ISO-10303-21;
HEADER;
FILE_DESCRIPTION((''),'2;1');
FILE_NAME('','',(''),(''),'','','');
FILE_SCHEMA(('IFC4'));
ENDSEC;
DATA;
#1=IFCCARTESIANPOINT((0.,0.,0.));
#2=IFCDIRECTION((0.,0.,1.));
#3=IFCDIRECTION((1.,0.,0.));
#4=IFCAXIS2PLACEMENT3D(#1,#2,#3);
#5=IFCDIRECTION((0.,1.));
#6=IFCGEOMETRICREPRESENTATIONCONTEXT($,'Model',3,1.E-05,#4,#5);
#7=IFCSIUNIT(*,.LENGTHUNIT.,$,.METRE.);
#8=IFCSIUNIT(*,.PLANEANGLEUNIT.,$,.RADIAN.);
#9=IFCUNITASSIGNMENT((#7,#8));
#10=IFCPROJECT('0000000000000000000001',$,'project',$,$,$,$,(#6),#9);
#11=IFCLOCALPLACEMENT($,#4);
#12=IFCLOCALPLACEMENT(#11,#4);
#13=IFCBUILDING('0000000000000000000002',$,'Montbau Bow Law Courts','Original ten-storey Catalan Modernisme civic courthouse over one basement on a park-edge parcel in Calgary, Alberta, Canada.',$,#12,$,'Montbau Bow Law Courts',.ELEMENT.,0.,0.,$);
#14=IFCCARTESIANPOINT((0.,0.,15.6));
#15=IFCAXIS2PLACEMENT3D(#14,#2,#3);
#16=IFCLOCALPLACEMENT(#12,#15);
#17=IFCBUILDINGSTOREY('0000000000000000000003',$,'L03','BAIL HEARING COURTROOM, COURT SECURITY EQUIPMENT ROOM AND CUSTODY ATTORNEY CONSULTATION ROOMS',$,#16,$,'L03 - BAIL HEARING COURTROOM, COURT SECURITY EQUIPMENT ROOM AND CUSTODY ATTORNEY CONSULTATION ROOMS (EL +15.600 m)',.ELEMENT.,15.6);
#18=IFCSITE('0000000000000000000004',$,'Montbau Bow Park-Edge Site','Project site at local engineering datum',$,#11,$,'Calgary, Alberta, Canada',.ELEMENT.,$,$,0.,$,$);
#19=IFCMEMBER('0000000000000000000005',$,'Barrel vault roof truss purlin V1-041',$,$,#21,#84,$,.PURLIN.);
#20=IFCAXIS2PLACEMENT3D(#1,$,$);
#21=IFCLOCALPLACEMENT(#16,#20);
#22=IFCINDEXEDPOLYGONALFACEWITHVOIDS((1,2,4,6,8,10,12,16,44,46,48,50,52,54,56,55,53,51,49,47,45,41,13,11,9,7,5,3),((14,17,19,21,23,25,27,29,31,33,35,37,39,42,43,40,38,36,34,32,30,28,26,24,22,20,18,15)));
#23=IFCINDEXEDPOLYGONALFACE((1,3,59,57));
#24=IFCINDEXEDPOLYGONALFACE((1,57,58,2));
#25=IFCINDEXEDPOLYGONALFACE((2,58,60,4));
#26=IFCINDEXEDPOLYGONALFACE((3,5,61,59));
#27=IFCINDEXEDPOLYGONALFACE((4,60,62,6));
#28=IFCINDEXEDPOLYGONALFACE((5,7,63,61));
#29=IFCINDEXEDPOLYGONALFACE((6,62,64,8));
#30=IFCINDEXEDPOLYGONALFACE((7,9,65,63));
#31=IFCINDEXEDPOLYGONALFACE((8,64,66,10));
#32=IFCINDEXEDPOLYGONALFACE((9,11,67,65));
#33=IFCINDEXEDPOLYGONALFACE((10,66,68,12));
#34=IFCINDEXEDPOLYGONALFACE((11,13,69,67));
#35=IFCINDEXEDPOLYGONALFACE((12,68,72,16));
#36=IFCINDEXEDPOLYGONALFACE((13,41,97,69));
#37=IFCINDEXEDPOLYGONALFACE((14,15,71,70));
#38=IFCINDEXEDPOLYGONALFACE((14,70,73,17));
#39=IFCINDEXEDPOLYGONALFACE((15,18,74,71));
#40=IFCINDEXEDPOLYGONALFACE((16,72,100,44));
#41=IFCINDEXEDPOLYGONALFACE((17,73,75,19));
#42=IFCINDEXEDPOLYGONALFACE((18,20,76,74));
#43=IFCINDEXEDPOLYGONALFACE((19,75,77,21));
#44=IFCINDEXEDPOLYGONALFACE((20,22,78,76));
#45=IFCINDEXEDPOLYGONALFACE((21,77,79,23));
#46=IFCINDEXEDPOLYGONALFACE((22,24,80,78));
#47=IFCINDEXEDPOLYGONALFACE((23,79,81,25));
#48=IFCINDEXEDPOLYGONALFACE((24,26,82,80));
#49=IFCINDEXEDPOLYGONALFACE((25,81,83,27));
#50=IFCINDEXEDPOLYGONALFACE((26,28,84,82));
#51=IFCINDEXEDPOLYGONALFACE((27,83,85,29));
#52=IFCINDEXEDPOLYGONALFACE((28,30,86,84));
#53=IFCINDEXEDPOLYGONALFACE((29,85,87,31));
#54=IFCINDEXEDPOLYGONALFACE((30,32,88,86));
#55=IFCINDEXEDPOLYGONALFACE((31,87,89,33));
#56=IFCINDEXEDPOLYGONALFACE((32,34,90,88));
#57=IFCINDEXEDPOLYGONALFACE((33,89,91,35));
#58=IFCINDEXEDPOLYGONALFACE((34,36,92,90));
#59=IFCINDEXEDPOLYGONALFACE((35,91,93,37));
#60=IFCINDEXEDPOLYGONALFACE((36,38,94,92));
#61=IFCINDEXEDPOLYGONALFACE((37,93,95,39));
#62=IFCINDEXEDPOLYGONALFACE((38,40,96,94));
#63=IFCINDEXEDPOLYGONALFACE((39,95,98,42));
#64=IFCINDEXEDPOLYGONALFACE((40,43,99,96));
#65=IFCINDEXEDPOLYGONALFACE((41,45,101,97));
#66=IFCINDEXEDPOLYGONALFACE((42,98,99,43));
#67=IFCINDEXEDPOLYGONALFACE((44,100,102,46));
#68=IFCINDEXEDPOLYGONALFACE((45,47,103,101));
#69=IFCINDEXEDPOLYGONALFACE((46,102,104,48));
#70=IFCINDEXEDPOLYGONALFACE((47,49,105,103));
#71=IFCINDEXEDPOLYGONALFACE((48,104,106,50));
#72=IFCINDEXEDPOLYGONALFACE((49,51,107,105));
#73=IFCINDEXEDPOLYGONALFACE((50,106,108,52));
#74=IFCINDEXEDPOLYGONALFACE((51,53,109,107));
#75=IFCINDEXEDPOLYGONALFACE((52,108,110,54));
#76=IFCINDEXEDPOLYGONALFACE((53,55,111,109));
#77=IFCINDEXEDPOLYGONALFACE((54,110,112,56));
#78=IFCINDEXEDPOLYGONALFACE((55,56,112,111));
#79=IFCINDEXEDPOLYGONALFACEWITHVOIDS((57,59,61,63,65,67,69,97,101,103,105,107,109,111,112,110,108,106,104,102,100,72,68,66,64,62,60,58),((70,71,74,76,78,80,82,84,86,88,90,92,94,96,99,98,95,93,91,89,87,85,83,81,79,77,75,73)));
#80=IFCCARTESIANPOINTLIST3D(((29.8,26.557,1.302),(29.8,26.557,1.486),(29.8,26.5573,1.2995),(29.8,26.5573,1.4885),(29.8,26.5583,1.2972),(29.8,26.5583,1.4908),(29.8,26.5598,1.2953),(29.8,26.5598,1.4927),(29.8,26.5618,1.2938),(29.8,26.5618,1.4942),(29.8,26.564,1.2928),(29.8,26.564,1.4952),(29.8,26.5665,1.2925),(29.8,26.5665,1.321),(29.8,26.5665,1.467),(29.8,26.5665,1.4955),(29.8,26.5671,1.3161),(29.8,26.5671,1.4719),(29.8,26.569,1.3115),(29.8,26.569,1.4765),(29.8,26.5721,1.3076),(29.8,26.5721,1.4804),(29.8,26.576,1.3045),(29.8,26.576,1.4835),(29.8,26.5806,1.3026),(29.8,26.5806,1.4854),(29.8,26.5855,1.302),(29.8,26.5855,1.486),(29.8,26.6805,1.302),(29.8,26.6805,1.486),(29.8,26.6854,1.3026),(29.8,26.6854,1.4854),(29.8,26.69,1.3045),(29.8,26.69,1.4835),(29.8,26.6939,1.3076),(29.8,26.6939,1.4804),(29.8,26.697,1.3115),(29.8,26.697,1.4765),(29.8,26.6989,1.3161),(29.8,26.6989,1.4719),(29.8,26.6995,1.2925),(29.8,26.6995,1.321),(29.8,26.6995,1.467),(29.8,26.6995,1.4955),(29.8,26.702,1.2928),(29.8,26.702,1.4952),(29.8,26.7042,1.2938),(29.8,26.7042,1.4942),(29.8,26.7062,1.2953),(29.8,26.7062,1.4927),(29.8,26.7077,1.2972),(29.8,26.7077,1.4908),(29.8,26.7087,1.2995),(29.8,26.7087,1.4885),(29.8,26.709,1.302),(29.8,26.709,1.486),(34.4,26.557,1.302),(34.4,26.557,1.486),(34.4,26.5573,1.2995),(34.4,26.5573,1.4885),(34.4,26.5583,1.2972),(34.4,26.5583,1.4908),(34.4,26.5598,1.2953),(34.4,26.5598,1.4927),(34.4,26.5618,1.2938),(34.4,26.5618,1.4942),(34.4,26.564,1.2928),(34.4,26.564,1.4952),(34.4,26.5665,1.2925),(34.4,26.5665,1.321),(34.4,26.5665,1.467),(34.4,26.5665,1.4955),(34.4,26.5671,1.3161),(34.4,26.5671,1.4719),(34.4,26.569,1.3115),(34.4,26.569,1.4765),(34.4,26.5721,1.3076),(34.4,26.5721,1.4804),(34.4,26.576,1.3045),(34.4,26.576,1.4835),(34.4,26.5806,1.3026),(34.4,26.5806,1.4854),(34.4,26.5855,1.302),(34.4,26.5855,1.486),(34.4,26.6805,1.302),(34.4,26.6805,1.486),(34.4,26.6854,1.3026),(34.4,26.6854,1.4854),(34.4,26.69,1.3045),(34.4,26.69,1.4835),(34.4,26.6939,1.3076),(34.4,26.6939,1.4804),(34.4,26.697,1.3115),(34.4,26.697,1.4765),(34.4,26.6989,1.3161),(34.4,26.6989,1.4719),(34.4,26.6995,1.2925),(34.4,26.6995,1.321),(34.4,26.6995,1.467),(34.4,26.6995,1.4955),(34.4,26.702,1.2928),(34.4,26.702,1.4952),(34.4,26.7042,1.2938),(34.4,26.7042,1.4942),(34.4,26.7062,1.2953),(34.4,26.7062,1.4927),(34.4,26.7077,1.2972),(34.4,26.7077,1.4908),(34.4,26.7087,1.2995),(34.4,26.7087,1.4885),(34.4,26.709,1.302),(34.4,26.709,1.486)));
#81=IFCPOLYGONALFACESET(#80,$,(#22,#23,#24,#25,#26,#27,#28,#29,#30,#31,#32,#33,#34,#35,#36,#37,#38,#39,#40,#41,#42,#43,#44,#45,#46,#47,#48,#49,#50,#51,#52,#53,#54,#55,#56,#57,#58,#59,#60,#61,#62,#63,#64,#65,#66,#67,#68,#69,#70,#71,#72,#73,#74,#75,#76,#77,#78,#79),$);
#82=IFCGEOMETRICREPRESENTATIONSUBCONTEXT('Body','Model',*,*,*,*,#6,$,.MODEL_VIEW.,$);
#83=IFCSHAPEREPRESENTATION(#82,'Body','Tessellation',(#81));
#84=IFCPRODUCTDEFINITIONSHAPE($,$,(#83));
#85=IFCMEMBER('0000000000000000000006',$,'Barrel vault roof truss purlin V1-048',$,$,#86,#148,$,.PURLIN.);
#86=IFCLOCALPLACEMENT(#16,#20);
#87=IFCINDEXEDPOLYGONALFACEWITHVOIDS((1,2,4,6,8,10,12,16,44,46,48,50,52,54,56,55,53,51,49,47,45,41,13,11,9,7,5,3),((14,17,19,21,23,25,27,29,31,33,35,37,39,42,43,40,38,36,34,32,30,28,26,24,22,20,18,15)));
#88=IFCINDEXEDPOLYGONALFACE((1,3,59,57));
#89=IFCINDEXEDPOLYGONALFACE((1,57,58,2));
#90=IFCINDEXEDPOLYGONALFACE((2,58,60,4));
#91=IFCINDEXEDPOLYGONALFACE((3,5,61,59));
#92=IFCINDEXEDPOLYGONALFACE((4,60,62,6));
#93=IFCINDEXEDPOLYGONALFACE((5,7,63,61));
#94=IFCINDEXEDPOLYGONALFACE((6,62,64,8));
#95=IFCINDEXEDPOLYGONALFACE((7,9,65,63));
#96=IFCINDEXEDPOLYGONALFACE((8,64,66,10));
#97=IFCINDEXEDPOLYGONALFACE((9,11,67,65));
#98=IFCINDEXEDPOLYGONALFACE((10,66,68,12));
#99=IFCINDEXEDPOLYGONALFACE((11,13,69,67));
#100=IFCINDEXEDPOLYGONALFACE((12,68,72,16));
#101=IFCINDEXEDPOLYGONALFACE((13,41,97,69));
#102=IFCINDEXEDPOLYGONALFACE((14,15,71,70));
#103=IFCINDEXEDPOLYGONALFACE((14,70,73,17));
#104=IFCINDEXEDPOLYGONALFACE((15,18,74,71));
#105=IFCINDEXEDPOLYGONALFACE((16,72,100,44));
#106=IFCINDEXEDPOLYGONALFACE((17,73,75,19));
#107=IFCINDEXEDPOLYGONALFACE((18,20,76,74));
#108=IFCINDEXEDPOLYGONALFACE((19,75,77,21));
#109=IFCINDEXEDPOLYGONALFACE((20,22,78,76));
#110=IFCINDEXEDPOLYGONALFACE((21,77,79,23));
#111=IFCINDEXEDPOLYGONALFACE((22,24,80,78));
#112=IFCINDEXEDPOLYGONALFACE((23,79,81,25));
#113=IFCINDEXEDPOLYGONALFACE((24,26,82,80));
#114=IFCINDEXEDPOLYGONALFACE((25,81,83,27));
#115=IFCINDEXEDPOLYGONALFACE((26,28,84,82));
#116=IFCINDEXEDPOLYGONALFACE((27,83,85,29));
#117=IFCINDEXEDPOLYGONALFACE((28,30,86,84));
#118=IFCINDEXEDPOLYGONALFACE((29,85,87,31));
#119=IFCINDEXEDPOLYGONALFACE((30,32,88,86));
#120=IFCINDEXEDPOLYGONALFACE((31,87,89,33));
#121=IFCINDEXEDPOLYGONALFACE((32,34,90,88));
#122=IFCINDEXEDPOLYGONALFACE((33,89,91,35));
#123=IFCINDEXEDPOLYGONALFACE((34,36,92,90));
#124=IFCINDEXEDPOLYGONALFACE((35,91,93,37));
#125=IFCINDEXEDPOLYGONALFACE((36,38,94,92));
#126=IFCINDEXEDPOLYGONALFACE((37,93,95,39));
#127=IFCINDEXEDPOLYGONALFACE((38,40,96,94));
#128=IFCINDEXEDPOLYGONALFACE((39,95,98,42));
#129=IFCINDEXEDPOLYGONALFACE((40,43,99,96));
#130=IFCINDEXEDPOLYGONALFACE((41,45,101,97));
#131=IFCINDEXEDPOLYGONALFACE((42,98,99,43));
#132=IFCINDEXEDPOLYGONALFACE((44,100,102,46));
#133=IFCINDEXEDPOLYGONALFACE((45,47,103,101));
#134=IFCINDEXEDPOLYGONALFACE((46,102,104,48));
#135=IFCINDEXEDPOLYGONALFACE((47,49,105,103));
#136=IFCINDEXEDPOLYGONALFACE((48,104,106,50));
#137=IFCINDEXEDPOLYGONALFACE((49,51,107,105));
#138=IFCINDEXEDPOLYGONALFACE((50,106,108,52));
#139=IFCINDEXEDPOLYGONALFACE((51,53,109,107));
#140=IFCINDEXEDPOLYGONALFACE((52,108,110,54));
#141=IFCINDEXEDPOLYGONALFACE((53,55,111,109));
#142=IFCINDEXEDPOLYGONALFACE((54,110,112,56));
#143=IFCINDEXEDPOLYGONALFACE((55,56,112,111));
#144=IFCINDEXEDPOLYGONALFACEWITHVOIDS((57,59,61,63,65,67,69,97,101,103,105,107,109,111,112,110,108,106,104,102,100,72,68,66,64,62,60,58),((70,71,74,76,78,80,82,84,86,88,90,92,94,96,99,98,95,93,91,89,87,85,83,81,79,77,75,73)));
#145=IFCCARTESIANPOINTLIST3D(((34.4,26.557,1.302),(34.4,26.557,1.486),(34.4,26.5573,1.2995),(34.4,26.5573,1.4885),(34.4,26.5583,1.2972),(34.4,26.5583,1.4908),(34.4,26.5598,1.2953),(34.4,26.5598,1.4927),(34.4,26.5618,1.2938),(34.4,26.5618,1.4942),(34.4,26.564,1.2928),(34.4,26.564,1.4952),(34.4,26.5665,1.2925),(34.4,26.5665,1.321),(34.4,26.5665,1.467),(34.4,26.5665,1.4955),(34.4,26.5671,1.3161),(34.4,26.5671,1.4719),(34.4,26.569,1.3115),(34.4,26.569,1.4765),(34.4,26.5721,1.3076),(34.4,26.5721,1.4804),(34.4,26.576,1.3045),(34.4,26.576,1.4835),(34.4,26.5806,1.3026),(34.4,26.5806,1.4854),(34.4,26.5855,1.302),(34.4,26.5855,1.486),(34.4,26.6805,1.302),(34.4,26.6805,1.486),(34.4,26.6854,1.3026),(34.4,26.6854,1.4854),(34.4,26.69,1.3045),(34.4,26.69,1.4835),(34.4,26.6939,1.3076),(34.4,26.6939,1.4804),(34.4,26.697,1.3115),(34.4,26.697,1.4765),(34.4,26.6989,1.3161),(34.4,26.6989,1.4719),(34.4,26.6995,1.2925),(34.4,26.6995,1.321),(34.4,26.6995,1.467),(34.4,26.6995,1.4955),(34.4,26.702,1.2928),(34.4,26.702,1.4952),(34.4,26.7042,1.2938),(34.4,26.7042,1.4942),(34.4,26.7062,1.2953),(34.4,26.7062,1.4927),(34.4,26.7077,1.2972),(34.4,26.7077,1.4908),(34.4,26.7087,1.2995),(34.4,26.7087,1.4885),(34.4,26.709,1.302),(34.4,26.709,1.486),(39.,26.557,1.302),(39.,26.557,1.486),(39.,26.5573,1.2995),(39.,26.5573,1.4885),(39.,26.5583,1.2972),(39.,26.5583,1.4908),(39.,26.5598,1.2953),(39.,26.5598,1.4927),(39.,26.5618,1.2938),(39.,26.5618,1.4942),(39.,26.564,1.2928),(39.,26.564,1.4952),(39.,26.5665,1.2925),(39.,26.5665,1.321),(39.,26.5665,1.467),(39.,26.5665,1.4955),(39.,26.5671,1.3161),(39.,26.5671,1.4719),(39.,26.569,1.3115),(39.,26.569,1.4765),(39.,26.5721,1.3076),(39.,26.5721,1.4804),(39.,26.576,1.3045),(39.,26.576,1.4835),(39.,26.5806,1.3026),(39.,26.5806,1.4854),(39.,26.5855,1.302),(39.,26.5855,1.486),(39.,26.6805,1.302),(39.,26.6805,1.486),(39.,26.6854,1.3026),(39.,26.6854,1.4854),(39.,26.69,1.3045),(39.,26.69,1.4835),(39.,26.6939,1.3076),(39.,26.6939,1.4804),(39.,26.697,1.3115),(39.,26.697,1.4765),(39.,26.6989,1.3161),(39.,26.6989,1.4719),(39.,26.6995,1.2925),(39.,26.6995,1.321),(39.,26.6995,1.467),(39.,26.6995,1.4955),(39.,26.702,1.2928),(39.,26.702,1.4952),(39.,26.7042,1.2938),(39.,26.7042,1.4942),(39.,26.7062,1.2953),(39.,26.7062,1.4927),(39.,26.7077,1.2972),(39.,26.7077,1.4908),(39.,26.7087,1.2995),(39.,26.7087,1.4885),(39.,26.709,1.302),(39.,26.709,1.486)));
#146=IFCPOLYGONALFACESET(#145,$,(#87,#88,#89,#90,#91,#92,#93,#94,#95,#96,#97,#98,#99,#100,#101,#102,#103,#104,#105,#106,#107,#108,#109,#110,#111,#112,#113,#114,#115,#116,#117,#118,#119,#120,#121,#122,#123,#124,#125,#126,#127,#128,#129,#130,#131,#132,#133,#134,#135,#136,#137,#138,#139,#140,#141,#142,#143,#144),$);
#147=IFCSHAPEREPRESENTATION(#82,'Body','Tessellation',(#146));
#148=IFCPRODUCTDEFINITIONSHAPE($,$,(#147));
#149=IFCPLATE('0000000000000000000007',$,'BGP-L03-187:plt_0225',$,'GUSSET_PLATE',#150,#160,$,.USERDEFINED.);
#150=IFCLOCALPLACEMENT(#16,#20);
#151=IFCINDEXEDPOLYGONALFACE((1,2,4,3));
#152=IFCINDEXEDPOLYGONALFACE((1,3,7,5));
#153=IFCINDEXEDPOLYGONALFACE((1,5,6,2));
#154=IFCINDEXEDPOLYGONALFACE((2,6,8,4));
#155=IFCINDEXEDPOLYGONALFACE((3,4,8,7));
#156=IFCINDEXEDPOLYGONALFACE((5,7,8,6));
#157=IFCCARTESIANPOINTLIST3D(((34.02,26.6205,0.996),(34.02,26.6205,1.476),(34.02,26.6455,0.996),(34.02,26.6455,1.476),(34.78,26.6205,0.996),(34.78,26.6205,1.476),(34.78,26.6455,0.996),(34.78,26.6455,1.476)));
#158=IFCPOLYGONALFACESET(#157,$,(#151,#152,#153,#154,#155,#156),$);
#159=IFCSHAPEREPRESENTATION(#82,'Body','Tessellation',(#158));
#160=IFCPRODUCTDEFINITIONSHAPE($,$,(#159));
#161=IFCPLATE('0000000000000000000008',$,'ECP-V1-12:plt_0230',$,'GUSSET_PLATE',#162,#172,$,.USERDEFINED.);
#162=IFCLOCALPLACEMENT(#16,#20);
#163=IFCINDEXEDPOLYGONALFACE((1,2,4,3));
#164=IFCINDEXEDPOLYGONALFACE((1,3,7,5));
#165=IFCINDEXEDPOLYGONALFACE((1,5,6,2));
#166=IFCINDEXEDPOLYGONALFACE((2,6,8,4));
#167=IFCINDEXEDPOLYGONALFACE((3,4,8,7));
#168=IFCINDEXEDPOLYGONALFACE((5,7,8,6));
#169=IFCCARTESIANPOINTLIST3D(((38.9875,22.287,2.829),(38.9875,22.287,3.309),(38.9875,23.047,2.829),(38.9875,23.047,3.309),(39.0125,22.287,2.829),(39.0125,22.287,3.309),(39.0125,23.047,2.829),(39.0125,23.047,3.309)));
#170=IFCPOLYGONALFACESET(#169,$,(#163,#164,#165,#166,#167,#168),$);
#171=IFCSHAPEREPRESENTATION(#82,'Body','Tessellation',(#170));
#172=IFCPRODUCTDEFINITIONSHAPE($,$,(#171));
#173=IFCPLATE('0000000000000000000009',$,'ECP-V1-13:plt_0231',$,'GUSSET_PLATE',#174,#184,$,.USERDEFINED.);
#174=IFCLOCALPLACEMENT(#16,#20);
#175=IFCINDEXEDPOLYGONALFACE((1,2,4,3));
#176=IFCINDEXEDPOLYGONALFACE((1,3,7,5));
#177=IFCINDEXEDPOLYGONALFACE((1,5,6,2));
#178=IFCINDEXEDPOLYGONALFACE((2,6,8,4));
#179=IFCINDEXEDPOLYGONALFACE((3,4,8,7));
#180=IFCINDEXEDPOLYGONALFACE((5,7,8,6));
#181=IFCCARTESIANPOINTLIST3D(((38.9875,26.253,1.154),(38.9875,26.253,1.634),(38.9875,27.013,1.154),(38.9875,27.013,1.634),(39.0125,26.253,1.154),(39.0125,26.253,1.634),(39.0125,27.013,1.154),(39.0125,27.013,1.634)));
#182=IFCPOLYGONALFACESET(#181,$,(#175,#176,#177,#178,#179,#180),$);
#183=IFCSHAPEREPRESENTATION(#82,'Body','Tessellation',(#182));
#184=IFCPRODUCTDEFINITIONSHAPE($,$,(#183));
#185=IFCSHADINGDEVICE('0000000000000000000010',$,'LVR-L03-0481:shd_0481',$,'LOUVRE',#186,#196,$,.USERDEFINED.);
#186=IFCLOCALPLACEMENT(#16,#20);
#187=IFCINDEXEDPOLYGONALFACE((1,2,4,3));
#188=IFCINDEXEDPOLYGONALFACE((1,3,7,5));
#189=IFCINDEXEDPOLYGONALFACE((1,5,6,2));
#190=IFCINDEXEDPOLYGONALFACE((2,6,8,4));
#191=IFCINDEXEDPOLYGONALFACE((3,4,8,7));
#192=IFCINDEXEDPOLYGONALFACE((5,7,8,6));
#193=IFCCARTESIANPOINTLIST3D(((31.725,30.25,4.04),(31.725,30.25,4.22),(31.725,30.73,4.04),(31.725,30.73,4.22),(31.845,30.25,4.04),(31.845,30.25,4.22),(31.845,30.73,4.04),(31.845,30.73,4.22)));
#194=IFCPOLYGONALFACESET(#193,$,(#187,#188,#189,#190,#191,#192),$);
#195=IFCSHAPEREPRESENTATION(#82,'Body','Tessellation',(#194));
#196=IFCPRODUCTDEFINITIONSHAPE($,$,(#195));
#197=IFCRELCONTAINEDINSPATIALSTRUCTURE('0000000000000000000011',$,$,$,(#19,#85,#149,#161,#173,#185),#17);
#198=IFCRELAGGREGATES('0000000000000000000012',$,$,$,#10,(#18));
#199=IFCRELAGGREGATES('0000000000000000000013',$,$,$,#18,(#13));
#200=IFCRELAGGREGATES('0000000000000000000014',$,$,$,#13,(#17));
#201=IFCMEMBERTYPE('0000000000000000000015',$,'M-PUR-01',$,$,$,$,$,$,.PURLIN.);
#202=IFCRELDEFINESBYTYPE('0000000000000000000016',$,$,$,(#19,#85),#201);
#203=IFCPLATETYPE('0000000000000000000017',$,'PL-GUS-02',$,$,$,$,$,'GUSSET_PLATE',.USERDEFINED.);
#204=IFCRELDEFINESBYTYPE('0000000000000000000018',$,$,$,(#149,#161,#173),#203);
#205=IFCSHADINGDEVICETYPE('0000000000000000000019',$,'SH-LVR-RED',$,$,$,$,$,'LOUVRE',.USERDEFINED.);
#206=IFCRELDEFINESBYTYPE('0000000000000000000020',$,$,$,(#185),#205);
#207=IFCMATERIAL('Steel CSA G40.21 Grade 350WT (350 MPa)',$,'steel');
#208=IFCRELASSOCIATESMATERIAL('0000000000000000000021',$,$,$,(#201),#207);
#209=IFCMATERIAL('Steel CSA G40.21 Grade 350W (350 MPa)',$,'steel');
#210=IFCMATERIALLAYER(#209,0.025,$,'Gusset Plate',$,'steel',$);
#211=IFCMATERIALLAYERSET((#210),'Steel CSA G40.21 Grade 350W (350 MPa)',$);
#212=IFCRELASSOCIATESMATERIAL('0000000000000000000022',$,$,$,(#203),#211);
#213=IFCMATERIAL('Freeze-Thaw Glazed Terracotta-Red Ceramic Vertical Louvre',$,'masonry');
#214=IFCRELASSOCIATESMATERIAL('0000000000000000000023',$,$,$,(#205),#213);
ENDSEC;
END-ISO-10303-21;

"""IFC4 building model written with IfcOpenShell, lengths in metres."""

from ifc_helpers import new_model, si_unit, direction, frame, origin_with_axes, origin_2d_with_axis, place, context, subcontext, project, spatial, rectangle, hollow_rectangle, extrude, material, layer, layer_set, material_profile, profile_set, type_object, element, save


model = new_model("IFC4")

# Units and contexts
model_context = context("Model", 3, precision=1e-05, world=origin_with_axes(), true_north=direction((0.0, 1.0)))
body_context = subcontext(model_context, "Body", "Model", "MODEL_VIEW")
ifc_project = project(units=[si_unit("LENGTHUNIT", "METRE"), si_unit("PLANEANGLEUNIT", "RADIAN")], contexts=[model_context])

# Site, building, storey
site_placement = place(None, origin_with_axes())
site = spatial("IfcSite", under=ifc_project, at=site_placement, Name="Montbau Bow Park-Edge Site", Description="Project site at local engineering datum", LongName="Calgary, Alberta, Canada", CompositionType="ELEMENT", RefElevation=0.0)
building_placement = place(site_placement, origin_with_axes())
building = spatial("IfcBuilding", under=site, at=building_placement, Name="Montbau Bow Law Courts", Description="Original ten-storey Catalan Modernisme civic courthouse over one basement on a park-edge parcel in Calgary, Alberta, Canada.", LongName="Montbau Bow Law Courts", CompositionType="ELEMENT", ElevationOfRefHeight=0.0, ElevationOfTerrain=0.0)
storey_placement = place(building_placement, frame((0.0, 0.0, 15.6), z_axis=(0.0, 0.0, 1.0), x_axis=(1.0, 0.0, 0.0)))
storey = spatial("IfcBuildingStorey", under=building, at=storey_placement, Name="L03", Description="BAIL HEARING COURTROOM, COURT SECURITY EQUIPMENT ROOM AND CUSTODY ATTORNEY CONSULTATION ROOMS", LongName="L03 - BAIL HEARING COURTROOM, COURT SECURITY EQUIPMENT ROOM AND CUSTODY ATTORNEY CONSULTATION ROOMS (EL +15.600 m)", CompositionType="ELEMENT", Elevation=15.6)

# Shared definitions
ifc_material_1 = material(Name="Steel CSA G40.21 Grade 350WT (350 MPa)", Category="steel")
ifc_material_2 = material(Name="Steel CSA G40.21 Grade 350W (350 MPa)", Category="steel")

# Members
ifc_material_profile_1 = material_profile(ifc_material_1, hollow_rectangle(XDim=0.152, YDim=0.203, WallThickness=0.0095, InnerFilletRadius=0.019, OuterFilletRadius=0.0095, at=origin_2d_with_axis()), Name="HSS203X152X9.5", Category="Main", Priority=0)
ifc_profile_set_1 = profile_set([ifc_material_profile_1], Name="Steel CSA G40.21 Grade 350WT (350 MPa)")
member_type = type_object("IfcMemberType", Name="M-PUR-01", PredefinedType="PURLIN", material=ifc_profile_set_1)
for number, where, z_axis, x_axis, name in (
    (1, (29.8, 26.633, 16.994), (1.0, 0.0, 0.0), (0.0, 1.0, 0.0), "Barrel vault roof truss purlin V1-041"),
    (2, (34.4, 26.633, 16.994), (1.0, 0.0, 0.0), (0.0, 1.0, 0.0), "Barrel vault roof truss purlin V1-048"),
):
    element("IfcMember", number, at=place(None, frame(where, z_axis=z_axis, x_axis=x_axis)), inside=storey, type_object=member_type, Name=name, PredefinedType="PURLIN", context=body_context, shape_type="SweptSolid", body=[
        extrude(hollow_rectangle(XDim=0.152, YDim=0.203, WallThickness=0.0095, InnerFilletRadius=0.019, OuterFilletRadius=0.0095, at=origin_2d_with_axis()), origin_with_axes(), (0.0, 0.0, 1.0), 4.6),
    ])

# Plates
ifc_layer = layer(ifc_material_2, 0.025, Name="Gusset Plate", Category="steel")
ifc_layer_set = layer_set([ifc_layer], Name="Steel CSA G40.21 Grade 350W (350 MPa)")
plate_type = type_object("IfcPlateType", Name="PL-GUS-02", ElementType="GUSSET_PLATE", PredefinedType="USERDEFINED", material=ifc_layer_set)
plate_placement = place(None, frame((34.4, 26.633, 16.596), z_axis=(0.0, 0.0, 1.0), x_axis=(1.0, 0.0, 0.0)))
element("IfcPlate", 3, at=plate_placement, inside=storey, type_object=plate_type, Name="BGP-L03-187:plt_0225", ObjectType="GUSSET_PLATE", PredefinedType="USERDEFINED", context=body_context, shape_type="SweptSolid", body=[
    extrude(rectangle(XDim=0.76, YDim=0.025, at=origin_2d_with_axis()), origin_with_axes(), (0.0, 0.0, 1.0), 0.48),
])
for number, where, z_axis, x_axis, name in (
    (4, (39.0, 22.667, 18.429), (0.0, 0.0, 1.0), (1.0, 0.0, 0.0), "ECP-V1-12:plt_0230"),
    (5, (39.0, 26.633, 16.754), (0.0, 0.0, 1.0), (1.0, 0.0, 0.0), "ECP-V1-13:plt_0231"),
):
    element("IfcPlate", number, at=place(None, frame(where, z_axis=z_axis, x_axis=x_axis)), inside=storey, type_object=plate_type, Name=name, ObjectType="GUSSET_PLATE", PredefinedType="USERDEFINED", context=body_context, shape_type="SweptSolid", body=[
        extrude(rectangle(XDim=0.025, YDim=0.76, at=origin_2d_with_axis()), origin_with_axes(), (0.0, 0.0, 1.0), 0.48),
    ])

# Shading device
ifc_material_3 = material(Name="Freeze-Thaw Glazed Terracotta-Red Ceramic Vertical Louvre", Category="masonry")
shading_device_type = type_object("IfcShadingDeviceType", Name="SH-LVR-RED", ElementType="LOUVRE", PredefinedType="USERDEFINED", material=ifc_material_3)
for number, where, z_axis, x_axis, name in (
    (6, (31.785, 30.49, 19.64), (0.0, 0.0, 1.0), (0.0, -1.0, 0.0), "LVR-L03-0481:shd_0481"),
):
    element("IfcShadingDevice", number, at=place(None, frame(where, z_axis=z_axis, x_axis=x_axis)), inside=storey, type_object=shading_device_type, Name=name, ObjectType="LOUVRE", PredefinedType="USERDEFINED", context=body_context, shape_type="SweptSolid", body=[
        extrude(rectangle(XDim=0.48, YDim=0.12, at=origin_2d_with_axis()), origin_with_axes(), (0.0, 0.0, 1.0), 0.18),
    ])

save(model, "model.ifc")
